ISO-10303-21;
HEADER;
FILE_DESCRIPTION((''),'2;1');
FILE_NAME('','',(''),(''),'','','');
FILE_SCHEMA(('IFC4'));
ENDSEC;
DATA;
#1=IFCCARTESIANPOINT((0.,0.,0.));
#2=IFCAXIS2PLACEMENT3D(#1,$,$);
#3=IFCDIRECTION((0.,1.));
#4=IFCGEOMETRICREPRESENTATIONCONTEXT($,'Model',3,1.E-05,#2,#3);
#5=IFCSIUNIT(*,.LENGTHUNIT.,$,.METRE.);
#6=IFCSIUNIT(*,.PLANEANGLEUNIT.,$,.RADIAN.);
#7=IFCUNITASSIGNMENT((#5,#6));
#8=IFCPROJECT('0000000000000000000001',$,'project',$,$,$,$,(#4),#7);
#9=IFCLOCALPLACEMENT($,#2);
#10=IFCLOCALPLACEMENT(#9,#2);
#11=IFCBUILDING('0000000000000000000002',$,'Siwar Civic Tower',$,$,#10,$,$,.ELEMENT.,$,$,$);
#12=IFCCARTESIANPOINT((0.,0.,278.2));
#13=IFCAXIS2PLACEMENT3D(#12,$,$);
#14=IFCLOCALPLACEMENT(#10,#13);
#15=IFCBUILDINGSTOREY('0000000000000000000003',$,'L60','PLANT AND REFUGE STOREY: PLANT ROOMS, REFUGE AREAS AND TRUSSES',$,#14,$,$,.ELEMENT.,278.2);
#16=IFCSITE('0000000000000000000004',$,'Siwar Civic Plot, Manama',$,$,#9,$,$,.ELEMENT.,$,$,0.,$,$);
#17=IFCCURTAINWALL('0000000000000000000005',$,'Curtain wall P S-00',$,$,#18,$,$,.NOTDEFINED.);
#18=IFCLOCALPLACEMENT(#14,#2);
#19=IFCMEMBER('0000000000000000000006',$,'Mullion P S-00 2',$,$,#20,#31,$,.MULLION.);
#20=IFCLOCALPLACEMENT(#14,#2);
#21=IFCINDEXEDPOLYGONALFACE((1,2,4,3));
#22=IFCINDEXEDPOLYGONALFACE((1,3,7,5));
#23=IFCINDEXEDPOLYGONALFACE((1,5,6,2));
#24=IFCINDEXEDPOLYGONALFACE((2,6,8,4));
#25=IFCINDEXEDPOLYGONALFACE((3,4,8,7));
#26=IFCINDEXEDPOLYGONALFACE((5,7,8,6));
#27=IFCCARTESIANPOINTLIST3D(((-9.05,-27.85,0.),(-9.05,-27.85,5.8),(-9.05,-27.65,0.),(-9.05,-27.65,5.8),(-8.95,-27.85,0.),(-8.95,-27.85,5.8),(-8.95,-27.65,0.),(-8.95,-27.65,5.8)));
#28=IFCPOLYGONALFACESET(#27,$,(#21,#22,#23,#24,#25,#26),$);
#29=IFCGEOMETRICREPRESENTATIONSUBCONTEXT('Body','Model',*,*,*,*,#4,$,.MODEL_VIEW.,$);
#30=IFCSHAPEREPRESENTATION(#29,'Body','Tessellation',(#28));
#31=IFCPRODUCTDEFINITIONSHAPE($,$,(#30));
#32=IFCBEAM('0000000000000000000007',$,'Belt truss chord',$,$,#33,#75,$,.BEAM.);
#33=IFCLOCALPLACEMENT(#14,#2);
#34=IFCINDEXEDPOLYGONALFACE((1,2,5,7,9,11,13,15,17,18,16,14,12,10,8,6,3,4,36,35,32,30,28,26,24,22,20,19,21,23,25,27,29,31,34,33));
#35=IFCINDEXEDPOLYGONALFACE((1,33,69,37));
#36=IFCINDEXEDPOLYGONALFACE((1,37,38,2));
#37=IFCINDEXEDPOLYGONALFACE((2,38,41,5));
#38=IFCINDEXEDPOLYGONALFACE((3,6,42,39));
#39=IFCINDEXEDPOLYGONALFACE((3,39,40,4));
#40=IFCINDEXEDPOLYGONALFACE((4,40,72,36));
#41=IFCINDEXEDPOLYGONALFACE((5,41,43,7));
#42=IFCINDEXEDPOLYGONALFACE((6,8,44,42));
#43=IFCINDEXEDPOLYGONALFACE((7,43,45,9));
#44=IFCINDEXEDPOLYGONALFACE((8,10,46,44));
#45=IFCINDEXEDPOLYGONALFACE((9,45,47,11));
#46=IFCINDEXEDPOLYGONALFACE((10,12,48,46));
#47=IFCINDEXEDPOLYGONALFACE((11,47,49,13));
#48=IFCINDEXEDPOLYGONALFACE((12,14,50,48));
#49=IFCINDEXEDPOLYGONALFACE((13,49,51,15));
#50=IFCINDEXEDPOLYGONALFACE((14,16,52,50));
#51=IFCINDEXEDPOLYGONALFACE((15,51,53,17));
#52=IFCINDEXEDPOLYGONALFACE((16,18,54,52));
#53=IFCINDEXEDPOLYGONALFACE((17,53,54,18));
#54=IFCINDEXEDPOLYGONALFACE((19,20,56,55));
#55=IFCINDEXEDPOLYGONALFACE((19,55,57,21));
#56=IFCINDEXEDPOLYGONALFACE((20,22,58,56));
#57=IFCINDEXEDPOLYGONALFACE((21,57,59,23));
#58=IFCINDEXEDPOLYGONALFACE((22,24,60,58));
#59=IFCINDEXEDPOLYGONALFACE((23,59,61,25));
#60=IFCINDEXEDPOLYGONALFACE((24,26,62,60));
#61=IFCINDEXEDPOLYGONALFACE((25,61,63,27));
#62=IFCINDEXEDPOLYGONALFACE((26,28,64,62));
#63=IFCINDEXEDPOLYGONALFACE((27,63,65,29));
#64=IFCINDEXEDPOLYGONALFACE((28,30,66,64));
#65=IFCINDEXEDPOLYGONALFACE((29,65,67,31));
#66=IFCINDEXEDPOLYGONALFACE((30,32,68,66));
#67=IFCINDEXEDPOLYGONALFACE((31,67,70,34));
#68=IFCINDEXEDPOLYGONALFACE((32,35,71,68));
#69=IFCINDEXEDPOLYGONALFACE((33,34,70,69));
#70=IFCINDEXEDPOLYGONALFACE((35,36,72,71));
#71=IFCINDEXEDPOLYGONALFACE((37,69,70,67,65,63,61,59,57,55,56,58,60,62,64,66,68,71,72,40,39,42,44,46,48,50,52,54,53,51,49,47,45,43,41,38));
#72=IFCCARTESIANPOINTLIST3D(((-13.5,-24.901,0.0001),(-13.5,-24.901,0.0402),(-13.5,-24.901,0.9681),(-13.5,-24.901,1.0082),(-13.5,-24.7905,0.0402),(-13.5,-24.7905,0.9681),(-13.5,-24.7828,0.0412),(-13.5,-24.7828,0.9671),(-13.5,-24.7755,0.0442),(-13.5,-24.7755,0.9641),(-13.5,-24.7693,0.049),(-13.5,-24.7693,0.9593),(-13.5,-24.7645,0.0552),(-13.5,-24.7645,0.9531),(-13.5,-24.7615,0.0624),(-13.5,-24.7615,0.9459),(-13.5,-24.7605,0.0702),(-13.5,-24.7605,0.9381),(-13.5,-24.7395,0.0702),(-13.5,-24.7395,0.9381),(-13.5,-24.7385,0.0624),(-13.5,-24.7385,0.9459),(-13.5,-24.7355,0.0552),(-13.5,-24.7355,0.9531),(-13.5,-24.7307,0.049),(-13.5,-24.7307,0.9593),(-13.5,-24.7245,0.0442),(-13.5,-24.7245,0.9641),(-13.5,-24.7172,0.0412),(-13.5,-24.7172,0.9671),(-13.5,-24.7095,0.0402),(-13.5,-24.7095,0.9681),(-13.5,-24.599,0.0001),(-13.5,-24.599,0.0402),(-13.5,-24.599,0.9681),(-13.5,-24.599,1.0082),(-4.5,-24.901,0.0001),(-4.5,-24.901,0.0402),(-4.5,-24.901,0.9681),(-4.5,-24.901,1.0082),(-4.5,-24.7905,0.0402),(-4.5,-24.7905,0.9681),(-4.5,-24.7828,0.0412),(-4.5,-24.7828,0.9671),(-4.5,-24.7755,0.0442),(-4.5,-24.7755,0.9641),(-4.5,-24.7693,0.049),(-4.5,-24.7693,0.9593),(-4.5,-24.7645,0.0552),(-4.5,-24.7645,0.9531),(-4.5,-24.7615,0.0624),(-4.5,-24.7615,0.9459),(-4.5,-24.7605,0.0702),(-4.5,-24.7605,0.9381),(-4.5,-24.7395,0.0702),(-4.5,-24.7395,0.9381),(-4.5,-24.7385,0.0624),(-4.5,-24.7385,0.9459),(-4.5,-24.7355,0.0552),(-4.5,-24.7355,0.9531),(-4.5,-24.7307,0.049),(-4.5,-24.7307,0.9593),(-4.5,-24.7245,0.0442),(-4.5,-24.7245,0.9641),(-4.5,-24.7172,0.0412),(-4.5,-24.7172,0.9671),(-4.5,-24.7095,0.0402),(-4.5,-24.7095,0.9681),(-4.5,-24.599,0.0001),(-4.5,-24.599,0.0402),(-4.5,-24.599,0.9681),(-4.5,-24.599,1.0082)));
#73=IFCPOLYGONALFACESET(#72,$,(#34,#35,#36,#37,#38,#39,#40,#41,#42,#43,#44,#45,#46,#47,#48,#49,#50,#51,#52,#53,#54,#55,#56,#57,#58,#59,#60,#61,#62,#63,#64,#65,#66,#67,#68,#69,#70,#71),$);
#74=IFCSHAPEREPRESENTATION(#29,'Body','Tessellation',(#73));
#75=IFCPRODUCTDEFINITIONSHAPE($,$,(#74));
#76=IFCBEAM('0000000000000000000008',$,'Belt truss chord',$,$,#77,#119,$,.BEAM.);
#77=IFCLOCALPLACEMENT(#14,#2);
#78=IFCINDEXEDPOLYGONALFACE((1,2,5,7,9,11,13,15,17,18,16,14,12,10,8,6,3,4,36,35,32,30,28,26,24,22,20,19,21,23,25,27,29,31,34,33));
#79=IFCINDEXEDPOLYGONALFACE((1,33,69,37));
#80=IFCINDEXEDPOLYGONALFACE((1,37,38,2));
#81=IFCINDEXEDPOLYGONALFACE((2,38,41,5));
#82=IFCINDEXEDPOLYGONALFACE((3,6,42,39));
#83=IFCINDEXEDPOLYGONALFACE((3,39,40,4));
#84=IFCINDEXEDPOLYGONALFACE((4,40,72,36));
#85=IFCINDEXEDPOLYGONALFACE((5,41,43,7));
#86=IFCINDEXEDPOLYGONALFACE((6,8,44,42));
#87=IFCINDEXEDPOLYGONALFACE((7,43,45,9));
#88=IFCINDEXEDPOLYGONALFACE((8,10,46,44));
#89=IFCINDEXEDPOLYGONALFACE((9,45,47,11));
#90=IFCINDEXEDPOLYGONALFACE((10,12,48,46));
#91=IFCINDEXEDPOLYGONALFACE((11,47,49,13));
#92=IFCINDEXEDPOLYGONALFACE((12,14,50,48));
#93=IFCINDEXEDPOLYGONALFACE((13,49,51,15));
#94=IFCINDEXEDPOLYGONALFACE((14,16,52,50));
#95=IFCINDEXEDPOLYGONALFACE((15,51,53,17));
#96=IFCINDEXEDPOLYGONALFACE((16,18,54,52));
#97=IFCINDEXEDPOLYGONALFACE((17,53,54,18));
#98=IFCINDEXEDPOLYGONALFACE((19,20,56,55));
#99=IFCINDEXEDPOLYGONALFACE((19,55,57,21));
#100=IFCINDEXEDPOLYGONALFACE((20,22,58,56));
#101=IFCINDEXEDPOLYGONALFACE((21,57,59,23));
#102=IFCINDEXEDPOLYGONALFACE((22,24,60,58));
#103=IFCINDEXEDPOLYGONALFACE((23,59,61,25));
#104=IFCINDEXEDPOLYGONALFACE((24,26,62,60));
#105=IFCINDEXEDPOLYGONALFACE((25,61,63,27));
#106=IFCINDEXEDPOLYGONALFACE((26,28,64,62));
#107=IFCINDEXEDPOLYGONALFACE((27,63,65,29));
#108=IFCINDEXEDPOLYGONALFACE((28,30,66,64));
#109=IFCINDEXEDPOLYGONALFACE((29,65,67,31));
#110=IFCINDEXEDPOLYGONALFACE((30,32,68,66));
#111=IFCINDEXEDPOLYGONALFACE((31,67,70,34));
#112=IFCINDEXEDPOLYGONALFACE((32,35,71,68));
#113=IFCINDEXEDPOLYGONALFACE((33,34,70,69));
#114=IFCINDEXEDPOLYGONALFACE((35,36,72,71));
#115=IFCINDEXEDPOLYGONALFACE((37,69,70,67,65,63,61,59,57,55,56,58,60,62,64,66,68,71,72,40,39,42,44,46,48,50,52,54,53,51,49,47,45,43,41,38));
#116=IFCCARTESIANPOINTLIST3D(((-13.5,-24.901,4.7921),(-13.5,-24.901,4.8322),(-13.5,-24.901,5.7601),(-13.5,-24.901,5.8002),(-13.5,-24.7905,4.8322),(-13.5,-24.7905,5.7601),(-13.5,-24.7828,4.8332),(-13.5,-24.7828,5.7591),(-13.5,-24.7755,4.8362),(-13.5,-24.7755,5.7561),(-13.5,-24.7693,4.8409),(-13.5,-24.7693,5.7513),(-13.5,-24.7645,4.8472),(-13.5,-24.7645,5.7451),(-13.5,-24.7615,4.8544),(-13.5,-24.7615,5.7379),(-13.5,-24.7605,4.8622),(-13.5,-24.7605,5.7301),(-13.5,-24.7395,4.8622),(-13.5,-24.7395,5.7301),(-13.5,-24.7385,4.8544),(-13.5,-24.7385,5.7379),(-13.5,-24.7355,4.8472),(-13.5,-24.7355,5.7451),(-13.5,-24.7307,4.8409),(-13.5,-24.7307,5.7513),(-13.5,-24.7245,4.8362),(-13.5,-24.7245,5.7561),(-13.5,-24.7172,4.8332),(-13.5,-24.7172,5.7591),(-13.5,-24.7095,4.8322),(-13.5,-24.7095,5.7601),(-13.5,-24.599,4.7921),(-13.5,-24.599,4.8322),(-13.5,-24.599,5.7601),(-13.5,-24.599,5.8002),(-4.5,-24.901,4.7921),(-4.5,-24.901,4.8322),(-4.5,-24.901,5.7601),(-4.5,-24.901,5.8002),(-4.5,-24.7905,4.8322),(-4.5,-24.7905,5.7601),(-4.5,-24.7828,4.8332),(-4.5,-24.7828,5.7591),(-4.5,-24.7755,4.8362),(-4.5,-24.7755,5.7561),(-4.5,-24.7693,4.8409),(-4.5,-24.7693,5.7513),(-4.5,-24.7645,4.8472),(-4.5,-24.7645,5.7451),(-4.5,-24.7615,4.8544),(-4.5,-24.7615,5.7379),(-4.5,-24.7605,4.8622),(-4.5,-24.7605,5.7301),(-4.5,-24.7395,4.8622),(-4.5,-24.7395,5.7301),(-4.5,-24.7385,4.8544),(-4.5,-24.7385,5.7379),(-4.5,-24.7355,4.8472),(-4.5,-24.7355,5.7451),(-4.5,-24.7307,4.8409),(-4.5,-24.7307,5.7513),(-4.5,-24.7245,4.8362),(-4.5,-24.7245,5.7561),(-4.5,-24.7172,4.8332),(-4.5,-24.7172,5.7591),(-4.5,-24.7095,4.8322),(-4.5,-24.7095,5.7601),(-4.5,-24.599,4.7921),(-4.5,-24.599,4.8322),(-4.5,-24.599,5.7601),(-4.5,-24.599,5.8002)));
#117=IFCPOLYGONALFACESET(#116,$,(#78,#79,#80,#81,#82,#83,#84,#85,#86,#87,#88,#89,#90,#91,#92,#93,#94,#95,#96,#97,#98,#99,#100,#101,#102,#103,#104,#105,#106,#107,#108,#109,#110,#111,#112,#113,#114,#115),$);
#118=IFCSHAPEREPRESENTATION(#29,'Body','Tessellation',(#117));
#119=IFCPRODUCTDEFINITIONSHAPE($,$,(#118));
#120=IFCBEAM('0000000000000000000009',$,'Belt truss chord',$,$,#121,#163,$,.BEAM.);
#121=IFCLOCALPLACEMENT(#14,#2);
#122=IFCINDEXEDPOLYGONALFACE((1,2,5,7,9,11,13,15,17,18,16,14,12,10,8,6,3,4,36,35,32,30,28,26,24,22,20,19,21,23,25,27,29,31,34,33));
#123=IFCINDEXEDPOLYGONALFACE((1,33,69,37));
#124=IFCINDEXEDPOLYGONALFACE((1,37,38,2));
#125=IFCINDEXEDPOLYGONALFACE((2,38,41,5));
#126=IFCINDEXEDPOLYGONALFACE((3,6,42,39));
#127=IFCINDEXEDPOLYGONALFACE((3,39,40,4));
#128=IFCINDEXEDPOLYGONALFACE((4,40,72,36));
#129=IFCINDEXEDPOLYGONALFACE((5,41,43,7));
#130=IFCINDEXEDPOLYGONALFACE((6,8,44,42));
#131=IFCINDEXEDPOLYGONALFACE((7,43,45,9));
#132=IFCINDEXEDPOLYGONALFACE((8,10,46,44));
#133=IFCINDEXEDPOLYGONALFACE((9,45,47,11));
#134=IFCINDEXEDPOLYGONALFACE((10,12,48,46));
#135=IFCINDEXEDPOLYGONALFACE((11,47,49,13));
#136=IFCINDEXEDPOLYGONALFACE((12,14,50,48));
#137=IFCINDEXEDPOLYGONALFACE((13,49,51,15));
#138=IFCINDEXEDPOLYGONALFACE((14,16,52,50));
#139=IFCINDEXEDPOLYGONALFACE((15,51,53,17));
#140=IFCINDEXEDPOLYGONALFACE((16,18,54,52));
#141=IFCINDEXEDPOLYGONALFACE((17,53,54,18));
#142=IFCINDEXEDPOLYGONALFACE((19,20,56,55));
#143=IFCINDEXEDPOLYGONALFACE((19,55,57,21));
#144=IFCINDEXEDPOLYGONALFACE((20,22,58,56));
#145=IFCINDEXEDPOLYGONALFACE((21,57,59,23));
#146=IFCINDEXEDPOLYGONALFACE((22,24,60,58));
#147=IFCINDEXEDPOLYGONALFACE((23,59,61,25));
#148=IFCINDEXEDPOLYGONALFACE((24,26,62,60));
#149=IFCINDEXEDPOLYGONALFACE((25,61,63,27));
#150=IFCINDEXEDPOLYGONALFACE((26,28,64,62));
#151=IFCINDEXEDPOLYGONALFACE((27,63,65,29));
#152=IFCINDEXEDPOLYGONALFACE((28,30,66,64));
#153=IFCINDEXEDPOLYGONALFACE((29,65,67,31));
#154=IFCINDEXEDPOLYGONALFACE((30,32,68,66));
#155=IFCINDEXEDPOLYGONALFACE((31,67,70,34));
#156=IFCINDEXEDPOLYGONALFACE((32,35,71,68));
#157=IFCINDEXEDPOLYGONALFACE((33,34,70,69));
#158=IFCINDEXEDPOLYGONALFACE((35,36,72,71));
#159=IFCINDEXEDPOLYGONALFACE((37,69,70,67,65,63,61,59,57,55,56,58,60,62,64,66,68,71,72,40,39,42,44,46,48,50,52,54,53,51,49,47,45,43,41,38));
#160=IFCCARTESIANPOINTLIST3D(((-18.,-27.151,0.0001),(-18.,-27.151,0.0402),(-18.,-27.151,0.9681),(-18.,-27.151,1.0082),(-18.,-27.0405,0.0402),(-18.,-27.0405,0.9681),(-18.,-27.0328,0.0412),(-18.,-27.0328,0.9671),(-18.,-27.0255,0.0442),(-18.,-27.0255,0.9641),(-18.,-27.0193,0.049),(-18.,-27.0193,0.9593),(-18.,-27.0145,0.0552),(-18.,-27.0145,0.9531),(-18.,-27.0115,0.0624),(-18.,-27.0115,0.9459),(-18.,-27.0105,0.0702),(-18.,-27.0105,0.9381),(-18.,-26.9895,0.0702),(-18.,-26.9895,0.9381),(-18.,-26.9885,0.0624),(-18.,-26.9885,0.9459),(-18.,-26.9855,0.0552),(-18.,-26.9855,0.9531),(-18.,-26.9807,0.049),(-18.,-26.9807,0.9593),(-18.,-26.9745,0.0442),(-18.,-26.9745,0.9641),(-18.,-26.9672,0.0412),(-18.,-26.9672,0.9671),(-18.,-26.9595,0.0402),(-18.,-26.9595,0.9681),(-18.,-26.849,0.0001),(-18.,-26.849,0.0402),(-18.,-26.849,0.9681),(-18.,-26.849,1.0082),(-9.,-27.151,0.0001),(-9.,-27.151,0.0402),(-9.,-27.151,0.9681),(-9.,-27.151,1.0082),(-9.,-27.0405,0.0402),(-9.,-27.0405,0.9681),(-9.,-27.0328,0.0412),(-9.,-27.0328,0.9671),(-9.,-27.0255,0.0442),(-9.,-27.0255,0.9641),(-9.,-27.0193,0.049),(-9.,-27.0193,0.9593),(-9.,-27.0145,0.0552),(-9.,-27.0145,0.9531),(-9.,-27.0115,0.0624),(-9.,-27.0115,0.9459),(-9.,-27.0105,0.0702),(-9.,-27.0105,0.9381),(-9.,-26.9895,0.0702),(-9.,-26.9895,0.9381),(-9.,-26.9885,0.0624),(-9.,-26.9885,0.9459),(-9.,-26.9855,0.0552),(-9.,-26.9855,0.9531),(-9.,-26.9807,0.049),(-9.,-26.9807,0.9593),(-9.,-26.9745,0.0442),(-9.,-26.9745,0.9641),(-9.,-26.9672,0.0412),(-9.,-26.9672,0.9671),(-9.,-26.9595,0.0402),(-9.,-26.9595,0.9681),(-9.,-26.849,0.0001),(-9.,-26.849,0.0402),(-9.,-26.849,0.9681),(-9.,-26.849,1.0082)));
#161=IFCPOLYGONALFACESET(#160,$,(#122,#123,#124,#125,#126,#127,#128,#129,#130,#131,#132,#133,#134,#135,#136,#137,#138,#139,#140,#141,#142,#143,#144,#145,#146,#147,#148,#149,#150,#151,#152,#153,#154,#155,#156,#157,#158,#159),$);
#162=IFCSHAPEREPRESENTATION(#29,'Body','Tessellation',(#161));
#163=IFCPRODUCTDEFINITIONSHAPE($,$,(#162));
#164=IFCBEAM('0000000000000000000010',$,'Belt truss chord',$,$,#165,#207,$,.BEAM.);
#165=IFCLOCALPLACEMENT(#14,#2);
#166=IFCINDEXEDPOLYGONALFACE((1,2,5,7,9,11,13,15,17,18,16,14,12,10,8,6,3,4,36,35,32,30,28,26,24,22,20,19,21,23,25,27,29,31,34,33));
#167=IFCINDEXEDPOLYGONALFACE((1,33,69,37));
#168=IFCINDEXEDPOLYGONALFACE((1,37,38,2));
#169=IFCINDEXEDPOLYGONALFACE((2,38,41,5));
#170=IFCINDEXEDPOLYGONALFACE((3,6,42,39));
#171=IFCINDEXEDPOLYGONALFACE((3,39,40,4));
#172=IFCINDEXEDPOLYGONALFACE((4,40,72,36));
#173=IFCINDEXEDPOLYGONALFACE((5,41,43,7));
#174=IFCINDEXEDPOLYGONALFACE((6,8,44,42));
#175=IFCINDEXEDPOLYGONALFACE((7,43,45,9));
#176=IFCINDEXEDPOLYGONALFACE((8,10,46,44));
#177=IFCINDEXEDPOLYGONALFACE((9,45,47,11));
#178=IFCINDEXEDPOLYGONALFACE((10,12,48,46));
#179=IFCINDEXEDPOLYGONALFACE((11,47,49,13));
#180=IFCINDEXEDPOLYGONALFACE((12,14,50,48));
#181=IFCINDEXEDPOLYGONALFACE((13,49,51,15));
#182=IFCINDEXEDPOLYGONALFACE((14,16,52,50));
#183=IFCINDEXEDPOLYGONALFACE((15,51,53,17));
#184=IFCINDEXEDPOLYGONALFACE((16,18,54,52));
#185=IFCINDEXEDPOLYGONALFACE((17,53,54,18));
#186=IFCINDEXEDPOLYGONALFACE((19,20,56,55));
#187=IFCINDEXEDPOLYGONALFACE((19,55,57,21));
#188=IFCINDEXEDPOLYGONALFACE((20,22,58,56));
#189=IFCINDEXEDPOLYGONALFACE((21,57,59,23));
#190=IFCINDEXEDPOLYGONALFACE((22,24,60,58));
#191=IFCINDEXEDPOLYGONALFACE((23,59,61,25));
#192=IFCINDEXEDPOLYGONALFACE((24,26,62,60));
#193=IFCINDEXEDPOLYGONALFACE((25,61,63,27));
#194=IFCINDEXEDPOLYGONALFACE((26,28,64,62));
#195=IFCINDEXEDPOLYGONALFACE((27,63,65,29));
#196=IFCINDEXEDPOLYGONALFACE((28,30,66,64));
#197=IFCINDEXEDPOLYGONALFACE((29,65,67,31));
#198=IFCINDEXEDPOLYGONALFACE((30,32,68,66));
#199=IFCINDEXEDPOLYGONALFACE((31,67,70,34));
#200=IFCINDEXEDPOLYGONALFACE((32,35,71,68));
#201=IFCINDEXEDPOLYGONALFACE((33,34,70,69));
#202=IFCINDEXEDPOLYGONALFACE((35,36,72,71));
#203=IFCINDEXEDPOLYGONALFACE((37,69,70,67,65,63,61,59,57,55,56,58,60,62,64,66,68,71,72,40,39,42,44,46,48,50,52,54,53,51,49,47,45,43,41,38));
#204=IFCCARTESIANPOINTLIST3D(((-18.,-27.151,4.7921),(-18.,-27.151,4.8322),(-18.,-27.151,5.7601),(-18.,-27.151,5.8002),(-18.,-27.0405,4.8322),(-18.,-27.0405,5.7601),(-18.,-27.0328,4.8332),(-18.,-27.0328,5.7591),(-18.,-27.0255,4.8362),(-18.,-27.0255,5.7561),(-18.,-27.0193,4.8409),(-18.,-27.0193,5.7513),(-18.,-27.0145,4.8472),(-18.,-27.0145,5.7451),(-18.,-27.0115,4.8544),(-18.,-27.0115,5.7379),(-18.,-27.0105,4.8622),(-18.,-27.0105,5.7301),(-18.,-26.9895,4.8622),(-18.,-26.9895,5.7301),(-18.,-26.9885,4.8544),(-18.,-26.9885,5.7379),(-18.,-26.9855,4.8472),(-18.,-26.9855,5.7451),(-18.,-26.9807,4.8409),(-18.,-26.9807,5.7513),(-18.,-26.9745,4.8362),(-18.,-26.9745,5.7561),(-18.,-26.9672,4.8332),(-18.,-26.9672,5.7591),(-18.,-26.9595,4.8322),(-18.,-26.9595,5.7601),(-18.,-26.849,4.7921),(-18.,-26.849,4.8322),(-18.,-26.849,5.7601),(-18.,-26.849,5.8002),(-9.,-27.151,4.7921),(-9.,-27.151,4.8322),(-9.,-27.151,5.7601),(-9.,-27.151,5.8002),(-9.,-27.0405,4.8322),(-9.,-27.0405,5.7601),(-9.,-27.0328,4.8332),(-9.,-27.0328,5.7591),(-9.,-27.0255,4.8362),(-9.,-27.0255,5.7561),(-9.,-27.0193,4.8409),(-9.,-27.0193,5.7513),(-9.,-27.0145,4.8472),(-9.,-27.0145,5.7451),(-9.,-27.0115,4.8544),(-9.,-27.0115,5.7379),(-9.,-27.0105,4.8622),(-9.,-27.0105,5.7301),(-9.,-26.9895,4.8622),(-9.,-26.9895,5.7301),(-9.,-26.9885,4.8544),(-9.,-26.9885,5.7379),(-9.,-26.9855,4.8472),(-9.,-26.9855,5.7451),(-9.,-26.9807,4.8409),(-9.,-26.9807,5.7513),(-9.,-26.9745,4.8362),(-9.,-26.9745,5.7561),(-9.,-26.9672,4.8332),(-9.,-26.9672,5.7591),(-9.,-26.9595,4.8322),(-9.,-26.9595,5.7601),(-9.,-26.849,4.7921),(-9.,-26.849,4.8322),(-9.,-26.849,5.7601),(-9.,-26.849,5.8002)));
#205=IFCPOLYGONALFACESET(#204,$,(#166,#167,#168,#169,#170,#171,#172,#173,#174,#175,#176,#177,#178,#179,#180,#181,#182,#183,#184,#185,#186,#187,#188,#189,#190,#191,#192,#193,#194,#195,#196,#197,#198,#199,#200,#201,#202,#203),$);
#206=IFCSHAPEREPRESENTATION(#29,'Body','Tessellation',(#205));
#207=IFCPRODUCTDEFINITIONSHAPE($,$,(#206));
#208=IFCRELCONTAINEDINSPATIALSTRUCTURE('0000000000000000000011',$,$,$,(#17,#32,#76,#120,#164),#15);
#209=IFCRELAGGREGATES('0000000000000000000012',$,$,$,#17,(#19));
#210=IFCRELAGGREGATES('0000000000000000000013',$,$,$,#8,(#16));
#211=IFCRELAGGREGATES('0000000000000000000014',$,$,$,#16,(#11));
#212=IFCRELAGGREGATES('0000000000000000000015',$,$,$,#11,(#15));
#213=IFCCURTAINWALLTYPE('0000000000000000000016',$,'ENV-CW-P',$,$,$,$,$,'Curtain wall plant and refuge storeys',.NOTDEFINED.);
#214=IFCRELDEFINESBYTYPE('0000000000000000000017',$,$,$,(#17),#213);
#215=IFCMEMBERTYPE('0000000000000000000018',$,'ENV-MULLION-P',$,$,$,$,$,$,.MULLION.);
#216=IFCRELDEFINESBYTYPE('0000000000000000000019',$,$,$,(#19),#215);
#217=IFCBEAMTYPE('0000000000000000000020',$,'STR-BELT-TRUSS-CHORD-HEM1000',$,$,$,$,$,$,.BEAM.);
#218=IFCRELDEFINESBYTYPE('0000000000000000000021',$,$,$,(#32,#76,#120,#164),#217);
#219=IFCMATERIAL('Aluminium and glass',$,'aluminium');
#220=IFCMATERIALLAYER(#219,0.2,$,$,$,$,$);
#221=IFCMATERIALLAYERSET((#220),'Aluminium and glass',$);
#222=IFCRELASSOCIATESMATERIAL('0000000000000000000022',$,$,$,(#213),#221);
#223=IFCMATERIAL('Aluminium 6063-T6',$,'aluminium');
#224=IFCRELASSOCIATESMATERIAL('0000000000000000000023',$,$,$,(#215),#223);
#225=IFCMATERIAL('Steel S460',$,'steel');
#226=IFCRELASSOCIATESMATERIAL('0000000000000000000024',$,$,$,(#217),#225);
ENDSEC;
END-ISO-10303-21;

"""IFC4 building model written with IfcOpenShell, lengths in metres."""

from ifc_helpers import new_model, si_unit, direction, frame, origin, origin_2d, place, context, subcontext, project, spatial, rectangle, i_section, extrude, material, layer, layer_set, material_profile, profile_set, type_object, element, aggregate, save


model = new_model("IFC4")

# Units and contexts
model_context = context("Model", 3, precision=1e-05, world=origin(), true_north=direction((0.0, 1.0)))
body_context = subcontext(model_context, "Body", "Model", "MODEL_VIEW")
ifc_project = project(units=[si_unit("LENGTHUNIT", "METRE"), si_unit("PLANEANGLEUNIT", "RADIAN")], contexts=[model_context])

# Site, building, storey
site_placement = place(None, origin())
site = spatial("IfcSite", under=ifc_project, at=site_placement, Name="Siwar Civic Plot, Manama", CompositionType="ELEMENT", RefElevation=0.0)
building_placement = place(site_placement, origin())
building = spatial("IfcBuilding", under=site, at=building_placement, Name="Siwar Civic Tower", CompositionType="ELEMENT")
storey_placement = place(building_placement, frame((0.0, 0.0, 278.2)))
storey = spatial("IfcBuildingStorey", under=building, at=storey_placement, Name="L60", Description="PLANT AND REFUGE STOREY: PLANT ROOMS, REFUGE AREAS AND TRUSSES", CompositionType="ELEMENT", Elevation=278.2)

# Curtain wall, member
ifc_material_1 = material(Name="Aluminium and glass", Category="aluminium")
ifc_layer_1 = layer(ifc_material_1, 0.2)
ifc_layer_set_1 = layer_set([ifc_layer_1], Name="Aluminium and glass")
curtain_wall_type = type_object("IfcCurtainWallType", Name="ENV-CW-P", ElementType="Curtain wall plant and refuge storeys", PredefinedType="NOTDEFINED", material=ifc_layer_set_1)
curtain_wall_placement = place(storey_placement, origin())
curtain_wall = element("IfcCurtainWall", 1, at=curtain_wall_placement, inside=storey, type_object=curtain_wall_type, Name="Curtain wall P S-00", PredefinedType="NOTDEFINED")
ifc_material_2 = material(Name="Aluminium 6063-T6", Category="aluminium")
ifc_material_profile_1 = material_profile(ifc_material_2, rectangle(XDim=0.2, YDim=0.1001, at=origin_2d()), Name="AL 200x100")
ifc_profile_set_1 = profile_set([ifc_material_profile_1], Name="Aluminium 6063-T6")
member_type_1 = type_object("IfcMemberType", Name="ENV-MULLION-P", PredefinedType="MULLION", material=ifc_profile_set_1)
member_1_placement = place(storey_placement, frame((-9.0, -27.75, 0.0), z_axis=(0.0, 0.0, 1.0), x_axis=(0.0, 1.0, 0.0)))
member_1 = element("IfcMember", 2, at=member_1_placement, type_object=member_type_1, Name="Mullion P S-00 2", PredefinedType="MULLION", context=body_context, shape_type="SweptSolid", body=[
    extrude(rectangle(XDim=0.2, YDim=0.1001, at=origin_2d()), origin(), (0.0, 0.0, 1.0), 5.8),
])

# Beams
ifc_material_3 = material(Name="Steel S460", Category="steel")
ifc_material_profile_2 = material_profile(ifc_material_3, i_section(OverallWidth=0.302, OverallDepth=1.0081, WebThickness=0.021, FlangeThickness=0.04, FilletRadius=0.03, at=origin_2d()), Name="HEM1000")
ifc_profile_set_2 = profile_set([ifc_material_profile_2], Name="Steel S460")
beam_type_1 = type_object("IfcBeamType", Name="STR-BELT-TRUSS-CHORD-HEM1000", PredefinedType="BEAM", material=ifc_profile_set_2)
for number, where, z_axis, x_axis, name in (
    (3, (-13.5, -24.75, 0.5042), (1.0, 0.0, 0.0), (0.0, 1.0, 0.0), "Belt truss chord"),
    (4, (-13.5, -24.75, 5.2961), (1.0, 0.0, 0.0), (0.0, 1.0, 0.0), "Belt truss chord"),
    (5, (-18.0, -27.0, 0.5042), (1.0, 0.0, 0.0), (0.0, 1.0, 0.0), "Belt truss chord"),
    (6, (-18.0, -27.0, 5.2961), (1.0, 0.0, 0.0), (0.0, 1.0, 0.0), "Belt truss chord"),
):
    element("IfcBeam", number, at=place(storey_placement, frame(where, z_axis=z_axis, x_axis=x_axis)), inside=storey, type_object=beam_type_1, Name=name, PredefinedType="BEAM", context=body_context, shape_type="SweptSolid", body=[
        extrude(i_section(OverallWidth=0.302, OverallDepth=1.0081, WebThickness=0.021, FlangeThickness=0.04, FilletRadius=0.03, at=origin_2d()), origin(), (0.0, 0.0, 1.0), 9.0),
    ])

aggregate(curtain_wall, [member_1])

save(model, "model.ifc")
